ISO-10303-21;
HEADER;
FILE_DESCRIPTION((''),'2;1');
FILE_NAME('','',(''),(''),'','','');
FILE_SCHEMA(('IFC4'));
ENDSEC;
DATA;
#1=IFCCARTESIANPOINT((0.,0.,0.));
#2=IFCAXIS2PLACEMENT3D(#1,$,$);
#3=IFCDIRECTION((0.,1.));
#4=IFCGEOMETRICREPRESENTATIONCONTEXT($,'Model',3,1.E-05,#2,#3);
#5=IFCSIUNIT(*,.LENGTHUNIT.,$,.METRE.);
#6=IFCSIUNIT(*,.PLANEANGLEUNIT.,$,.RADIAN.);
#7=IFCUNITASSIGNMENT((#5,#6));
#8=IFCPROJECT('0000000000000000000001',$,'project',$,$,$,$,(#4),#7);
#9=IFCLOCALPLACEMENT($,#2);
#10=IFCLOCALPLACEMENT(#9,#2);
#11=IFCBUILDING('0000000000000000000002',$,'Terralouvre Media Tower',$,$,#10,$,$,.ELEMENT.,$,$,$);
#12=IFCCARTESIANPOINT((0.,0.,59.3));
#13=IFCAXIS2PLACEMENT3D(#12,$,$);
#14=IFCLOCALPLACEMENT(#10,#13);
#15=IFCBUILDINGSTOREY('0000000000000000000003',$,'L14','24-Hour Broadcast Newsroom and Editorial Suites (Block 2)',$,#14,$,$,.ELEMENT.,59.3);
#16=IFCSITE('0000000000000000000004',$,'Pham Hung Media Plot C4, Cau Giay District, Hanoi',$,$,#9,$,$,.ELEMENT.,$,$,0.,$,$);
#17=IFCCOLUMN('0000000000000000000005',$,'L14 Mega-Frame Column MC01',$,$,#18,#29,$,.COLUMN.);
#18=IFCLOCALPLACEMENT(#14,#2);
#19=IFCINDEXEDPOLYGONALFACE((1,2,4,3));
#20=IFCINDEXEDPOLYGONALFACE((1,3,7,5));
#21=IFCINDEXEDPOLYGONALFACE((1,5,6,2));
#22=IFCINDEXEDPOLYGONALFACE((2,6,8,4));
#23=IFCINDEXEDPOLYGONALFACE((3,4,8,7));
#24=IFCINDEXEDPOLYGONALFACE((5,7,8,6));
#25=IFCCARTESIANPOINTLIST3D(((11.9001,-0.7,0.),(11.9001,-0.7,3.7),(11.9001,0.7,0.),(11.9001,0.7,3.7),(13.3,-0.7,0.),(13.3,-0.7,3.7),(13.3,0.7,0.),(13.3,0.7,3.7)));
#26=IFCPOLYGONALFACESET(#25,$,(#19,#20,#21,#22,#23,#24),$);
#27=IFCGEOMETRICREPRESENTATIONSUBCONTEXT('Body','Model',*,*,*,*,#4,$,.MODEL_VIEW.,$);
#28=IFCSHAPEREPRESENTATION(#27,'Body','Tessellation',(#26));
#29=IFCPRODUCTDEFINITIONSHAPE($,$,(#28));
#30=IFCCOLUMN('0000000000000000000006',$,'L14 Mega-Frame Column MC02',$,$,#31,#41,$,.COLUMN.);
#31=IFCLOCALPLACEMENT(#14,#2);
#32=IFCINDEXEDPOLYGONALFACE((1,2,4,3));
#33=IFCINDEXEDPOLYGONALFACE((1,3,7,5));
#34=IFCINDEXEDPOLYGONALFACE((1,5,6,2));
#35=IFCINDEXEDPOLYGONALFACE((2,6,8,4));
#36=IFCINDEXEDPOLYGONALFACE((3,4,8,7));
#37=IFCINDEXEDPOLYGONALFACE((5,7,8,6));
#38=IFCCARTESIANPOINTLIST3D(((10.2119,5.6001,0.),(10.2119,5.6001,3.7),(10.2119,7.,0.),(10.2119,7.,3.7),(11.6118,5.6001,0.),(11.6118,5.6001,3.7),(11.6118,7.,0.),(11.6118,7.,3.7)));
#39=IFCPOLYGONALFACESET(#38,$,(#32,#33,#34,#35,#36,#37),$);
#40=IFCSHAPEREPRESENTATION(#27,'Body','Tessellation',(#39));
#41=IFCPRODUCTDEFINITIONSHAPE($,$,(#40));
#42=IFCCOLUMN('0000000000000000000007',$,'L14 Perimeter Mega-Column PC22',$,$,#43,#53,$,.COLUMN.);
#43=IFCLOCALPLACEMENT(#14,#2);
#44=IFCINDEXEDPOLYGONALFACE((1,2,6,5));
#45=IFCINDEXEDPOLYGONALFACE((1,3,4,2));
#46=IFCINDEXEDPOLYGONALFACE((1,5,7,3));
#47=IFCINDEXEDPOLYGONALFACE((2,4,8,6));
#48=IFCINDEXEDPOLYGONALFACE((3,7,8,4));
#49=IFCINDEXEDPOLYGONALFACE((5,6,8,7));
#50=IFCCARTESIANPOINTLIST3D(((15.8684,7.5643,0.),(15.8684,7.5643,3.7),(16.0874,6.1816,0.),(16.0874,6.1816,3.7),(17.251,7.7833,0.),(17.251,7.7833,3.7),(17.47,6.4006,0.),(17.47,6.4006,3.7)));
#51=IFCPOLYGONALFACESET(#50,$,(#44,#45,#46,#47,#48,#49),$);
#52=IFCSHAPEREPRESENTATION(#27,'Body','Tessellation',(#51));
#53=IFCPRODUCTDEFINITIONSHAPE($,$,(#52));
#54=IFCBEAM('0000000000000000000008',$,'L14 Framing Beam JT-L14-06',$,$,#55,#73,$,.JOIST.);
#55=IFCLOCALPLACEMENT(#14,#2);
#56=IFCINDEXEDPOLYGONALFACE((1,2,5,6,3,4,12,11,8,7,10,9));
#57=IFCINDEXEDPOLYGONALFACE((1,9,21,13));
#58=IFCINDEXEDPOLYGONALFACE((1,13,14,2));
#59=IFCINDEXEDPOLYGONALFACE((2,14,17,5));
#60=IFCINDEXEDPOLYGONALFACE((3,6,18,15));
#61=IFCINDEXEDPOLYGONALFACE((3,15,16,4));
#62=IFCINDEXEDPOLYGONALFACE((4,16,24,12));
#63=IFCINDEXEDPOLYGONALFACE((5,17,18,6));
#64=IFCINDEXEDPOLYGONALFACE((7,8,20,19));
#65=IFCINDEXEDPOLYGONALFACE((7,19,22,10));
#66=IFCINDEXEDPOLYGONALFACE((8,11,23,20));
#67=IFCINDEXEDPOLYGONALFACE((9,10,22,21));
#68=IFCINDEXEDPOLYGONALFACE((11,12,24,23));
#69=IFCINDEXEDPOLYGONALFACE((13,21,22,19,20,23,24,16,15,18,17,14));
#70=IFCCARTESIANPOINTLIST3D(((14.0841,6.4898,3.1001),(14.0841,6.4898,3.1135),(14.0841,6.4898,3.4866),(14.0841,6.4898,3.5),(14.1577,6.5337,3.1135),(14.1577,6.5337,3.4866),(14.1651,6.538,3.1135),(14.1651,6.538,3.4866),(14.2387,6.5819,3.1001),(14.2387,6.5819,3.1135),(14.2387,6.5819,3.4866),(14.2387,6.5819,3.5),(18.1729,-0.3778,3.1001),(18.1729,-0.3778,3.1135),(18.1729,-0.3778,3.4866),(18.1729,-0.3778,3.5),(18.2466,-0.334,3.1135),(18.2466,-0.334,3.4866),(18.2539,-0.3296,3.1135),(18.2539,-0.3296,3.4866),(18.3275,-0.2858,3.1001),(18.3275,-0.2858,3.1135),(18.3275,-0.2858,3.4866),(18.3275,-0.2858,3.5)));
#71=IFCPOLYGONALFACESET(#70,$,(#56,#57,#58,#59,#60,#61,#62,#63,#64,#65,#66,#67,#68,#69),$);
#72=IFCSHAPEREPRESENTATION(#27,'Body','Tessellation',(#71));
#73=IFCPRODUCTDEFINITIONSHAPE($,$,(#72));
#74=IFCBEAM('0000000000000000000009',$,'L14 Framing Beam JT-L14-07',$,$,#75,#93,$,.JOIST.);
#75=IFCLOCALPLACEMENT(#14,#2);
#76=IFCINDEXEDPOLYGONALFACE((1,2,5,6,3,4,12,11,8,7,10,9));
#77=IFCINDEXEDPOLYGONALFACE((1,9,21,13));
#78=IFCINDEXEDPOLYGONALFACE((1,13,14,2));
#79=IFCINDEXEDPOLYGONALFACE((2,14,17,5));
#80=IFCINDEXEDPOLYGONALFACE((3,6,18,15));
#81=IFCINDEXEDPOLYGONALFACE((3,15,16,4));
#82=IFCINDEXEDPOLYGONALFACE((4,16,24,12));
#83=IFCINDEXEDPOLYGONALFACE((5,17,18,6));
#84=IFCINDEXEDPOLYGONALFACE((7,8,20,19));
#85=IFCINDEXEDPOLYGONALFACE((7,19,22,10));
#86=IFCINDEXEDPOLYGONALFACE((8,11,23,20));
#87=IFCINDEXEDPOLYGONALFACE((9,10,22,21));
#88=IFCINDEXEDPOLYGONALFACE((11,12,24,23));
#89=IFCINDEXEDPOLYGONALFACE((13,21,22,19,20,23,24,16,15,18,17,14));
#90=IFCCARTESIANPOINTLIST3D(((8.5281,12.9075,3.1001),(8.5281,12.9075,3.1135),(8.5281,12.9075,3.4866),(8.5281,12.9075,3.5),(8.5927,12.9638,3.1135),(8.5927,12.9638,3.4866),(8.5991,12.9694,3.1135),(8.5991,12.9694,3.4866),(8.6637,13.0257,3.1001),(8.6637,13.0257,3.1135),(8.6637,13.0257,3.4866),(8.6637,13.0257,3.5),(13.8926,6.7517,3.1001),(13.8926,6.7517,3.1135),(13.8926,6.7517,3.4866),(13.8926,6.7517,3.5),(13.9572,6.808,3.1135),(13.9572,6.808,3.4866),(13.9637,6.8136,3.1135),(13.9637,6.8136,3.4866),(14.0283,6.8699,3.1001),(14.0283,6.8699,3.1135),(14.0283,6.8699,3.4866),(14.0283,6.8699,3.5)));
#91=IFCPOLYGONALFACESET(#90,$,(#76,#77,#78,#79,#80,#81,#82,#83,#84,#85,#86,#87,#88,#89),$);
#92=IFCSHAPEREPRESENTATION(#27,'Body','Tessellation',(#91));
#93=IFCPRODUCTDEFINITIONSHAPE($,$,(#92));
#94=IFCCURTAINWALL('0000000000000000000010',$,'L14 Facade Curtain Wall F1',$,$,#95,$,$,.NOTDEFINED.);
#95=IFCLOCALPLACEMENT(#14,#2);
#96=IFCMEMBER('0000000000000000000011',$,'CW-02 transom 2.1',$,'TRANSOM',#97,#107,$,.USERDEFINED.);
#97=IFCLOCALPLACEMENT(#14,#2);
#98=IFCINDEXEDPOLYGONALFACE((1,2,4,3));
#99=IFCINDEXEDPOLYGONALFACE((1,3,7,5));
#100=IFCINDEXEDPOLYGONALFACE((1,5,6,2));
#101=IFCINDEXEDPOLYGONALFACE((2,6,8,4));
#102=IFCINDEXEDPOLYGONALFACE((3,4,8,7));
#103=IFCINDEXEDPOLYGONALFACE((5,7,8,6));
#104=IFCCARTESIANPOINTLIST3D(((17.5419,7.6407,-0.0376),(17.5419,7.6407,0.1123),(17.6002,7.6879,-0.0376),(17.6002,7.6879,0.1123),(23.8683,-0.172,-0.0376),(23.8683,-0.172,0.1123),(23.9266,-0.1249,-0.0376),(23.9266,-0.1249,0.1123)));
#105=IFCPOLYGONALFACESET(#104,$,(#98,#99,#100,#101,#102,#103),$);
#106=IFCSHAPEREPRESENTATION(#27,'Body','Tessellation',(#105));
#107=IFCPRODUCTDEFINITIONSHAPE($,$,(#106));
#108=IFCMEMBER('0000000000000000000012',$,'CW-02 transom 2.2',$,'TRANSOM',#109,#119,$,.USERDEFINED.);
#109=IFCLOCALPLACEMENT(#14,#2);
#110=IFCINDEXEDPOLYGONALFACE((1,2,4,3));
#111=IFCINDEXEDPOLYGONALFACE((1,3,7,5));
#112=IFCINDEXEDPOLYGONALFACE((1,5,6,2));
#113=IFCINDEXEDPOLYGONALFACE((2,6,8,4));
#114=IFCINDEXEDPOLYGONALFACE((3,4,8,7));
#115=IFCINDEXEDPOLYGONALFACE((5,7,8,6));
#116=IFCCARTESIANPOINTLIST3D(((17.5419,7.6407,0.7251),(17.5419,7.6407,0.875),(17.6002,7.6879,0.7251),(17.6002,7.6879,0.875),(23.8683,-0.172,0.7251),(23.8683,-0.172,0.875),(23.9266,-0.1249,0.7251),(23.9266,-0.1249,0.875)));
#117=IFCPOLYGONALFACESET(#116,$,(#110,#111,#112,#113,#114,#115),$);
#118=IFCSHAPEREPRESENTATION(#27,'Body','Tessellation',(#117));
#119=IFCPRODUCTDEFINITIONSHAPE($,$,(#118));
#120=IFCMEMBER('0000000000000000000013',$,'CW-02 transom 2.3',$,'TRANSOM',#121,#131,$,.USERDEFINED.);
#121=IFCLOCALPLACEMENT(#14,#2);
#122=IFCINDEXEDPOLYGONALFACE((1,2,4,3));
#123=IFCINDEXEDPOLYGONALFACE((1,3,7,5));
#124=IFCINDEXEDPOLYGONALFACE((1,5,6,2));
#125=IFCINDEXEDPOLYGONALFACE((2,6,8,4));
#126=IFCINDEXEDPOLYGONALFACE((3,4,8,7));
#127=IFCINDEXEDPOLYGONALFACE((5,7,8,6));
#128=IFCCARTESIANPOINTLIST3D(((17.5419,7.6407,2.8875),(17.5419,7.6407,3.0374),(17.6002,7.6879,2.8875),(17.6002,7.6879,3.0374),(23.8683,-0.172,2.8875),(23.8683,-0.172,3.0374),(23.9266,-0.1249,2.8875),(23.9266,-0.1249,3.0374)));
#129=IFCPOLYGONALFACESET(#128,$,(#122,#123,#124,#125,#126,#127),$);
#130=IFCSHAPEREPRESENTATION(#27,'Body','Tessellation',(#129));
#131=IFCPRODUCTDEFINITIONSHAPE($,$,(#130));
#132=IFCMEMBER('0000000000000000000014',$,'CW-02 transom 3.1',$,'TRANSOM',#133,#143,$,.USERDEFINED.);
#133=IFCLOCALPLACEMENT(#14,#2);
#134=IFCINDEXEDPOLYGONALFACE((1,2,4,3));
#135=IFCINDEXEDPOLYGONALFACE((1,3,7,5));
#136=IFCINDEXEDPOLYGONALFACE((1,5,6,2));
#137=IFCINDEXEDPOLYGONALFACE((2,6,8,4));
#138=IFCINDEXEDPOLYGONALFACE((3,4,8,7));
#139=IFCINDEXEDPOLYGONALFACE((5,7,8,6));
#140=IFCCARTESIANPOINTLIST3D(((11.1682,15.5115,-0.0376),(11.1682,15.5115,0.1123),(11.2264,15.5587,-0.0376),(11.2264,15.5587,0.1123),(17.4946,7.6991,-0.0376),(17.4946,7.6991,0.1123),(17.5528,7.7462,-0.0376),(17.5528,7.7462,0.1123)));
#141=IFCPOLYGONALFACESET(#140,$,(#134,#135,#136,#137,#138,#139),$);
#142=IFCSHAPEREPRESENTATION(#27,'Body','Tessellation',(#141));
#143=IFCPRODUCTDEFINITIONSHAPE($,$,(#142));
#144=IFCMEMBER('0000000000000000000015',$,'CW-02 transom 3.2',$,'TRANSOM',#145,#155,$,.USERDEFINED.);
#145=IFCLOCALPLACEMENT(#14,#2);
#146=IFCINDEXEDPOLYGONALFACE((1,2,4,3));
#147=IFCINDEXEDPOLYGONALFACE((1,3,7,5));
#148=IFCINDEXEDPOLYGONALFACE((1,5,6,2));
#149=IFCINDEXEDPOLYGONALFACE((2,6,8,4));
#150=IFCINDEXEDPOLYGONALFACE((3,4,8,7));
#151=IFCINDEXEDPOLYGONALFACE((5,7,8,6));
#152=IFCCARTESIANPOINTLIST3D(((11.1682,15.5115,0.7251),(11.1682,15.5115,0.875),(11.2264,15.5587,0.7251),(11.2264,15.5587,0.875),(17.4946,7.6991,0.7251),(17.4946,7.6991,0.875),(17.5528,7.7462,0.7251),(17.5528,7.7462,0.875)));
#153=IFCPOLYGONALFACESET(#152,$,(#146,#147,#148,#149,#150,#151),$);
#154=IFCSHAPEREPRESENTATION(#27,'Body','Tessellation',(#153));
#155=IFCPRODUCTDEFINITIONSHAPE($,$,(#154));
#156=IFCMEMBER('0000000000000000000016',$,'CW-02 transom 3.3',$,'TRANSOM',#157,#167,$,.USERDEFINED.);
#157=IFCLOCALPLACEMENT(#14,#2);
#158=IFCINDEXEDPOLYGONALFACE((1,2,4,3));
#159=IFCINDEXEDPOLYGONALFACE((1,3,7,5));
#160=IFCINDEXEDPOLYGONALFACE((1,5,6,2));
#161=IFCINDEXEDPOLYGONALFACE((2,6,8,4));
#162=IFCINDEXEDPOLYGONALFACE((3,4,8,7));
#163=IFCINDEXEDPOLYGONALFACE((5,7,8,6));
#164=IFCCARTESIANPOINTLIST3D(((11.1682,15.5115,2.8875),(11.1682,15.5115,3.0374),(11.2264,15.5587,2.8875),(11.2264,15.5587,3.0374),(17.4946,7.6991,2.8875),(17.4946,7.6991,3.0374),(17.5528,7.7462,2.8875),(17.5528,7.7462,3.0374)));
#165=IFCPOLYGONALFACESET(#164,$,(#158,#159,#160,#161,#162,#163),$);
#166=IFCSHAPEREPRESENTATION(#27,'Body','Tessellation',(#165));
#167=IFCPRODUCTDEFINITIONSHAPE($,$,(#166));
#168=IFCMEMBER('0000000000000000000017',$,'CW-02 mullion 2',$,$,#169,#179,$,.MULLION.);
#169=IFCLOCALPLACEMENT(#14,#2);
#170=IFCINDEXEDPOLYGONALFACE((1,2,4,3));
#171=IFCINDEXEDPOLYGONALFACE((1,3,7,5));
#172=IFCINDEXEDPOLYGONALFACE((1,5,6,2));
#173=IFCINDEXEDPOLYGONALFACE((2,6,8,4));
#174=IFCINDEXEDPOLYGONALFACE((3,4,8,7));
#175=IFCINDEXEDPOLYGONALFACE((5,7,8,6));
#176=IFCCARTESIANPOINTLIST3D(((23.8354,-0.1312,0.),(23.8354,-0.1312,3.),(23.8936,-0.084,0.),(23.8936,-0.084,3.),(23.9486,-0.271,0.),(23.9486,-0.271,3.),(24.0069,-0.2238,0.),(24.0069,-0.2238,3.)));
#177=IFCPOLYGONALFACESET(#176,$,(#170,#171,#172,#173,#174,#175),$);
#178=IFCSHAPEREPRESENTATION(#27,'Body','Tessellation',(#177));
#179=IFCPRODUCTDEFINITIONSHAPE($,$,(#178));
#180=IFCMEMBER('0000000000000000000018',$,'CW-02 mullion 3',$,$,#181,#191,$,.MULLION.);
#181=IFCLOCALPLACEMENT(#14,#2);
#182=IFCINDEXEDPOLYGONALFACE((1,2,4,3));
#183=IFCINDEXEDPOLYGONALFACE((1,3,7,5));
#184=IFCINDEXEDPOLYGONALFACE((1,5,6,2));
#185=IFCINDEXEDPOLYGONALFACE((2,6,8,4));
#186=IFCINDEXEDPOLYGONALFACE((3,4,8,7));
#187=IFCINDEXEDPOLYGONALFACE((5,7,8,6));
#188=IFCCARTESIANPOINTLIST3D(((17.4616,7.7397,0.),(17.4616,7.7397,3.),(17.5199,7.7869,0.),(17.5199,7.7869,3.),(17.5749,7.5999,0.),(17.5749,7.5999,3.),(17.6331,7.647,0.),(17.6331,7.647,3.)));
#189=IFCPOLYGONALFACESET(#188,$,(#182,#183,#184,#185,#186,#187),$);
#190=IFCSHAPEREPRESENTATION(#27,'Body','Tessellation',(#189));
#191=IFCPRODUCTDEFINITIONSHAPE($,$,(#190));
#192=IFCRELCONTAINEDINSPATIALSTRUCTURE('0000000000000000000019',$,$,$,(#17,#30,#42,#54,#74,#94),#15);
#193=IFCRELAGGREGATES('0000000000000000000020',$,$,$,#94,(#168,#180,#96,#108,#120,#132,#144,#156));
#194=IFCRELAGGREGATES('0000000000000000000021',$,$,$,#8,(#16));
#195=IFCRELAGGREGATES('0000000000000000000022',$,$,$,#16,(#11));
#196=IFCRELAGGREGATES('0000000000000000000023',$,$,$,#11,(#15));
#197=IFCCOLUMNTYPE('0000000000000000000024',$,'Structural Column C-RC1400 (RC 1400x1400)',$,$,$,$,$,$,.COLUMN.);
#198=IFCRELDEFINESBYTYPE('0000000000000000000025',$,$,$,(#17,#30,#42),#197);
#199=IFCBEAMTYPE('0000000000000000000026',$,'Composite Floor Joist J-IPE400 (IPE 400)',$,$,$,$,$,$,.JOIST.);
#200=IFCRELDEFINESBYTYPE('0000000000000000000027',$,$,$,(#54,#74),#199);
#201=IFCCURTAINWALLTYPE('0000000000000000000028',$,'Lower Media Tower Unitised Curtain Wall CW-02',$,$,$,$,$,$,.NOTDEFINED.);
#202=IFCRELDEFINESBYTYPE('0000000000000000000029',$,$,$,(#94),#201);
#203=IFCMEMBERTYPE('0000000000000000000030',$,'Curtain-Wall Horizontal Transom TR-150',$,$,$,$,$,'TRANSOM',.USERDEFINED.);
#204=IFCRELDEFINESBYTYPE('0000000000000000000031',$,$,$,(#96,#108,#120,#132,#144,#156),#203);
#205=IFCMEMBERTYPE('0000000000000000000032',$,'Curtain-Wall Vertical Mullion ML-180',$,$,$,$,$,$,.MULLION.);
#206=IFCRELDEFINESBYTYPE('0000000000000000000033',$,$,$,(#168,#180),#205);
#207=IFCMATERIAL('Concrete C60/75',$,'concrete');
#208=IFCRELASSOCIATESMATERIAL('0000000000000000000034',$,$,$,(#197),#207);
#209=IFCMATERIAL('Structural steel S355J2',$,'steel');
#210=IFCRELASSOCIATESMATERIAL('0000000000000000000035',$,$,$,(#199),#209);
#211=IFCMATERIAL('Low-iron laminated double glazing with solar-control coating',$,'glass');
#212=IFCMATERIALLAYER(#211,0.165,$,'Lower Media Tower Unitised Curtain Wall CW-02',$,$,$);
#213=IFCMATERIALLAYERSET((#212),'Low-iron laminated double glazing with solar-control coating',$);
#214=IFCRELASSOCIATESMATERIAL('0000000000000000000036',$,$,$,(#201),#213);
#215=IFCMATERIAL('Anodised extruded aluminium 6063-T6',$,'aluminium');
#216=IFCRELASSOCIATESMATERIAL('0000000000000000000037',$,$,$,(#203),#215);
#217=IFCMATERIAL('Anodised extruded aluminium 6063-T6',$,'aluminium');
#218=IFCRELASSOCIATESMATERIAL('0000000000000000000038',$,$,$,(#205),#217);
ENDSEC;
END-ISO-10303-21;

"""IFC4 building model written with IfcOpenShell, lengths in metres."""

from ifc_helpers import new_model, si_unit, direction, frame, origin, origin_2d, place, context, subcontext, project, spatial, rectangle, i_section, extrude, material, layer, layer_set, material_profile, profile_set, type_object, element, aggregate, save


model = new_model("IFC4")

# Units and contexts
model_context = context("Model", 3, precision=1e-05, world=origin(), true_north=direction((0.0, 1.0)))
body_context = subcontext(model_context, "Body", "Model", "MODEL_VIEW")
ifc_project = project(units=[si_unit("LENGTHUNIT", "METRE"), si_unit("PLANEANGLEUNIT", "RADIAN")], contexts=[model_context])

# Site, building, storey
site_placement = place(None, origin())
site = spatial("IfcSite", under=ifc_project, at=site_placement, Name="Pham Hung Media Plot C4, Cau Giay District, Hanoi", CompositionType="ELEMENT", RefElevation=0.0)
building_placement = place(site_placement, origin())
building = spatial("IfcBuilding", under=site, at=building_placement, Name="Terralouvre Media Tower", CompositionType="ELEMENT")
storey_placement = place(building_placement, frame((0.0, 0.0, 59.3)))
storey = spatial("IfcBuildingStorey", under=building, at=storey_placement, Name="L14", Description="24-Hour Broadcast Newsroom and Editorial Suites (Block 2)", CompositionType="ELEMENT", Elevation=59.3)

# Columns
ifc_material_1 = material(Name="Concrete C60/75", Category="concrete")
ifc_material_profile_1 = material_profile(ifc_material_1, rectangle(XDim=1.3999, YDim=1.3999, at=origin_2d()), Name="RC 1400x1400")
ifc_profile_set_1 = profile_set([ifc_material_profile_1], Name="Concrete C60/75")
column_type = type_object("IfcColumnType", Name="Structural Column C-RC1400 (RC 1400x1400)", PredefinedType="COLUMN", material=ifc_profile_set_1)
for number, where, z_axis, x_axis, name in (
    (1, (12.6001, 0.0, 0.0), (0.0, 0.0, 1.0), (1.0, 0.0, 0.0), "L14 Mega-Frame Column MC01"),
    (2, (10.9119, 6.3, 0.0), (0.0, 0.0, 1.0), (1.0, 0.0, 0.0), "L14 Mega-Frame Column MC02"),
    (3, (16.6692, 6.9824, 0.0), (0.0, 0.0, 1.0), (0.987688, 0.156434, 0.0), "L14 Perimeter Mega-Column PC22"),
):
    element("IfcColumn", number, at=place(storey_placement, frame(where, z_axis=z_axis, x_axis=x_axis)), inside=storey, type_object=column_type, Name=name, PredefinedType="COLUMN", context=body_context, shape_type="SweptSolid", body=[
        extrude(rectangle(XDim=1.3999, YDim=1.3999, at=origin_2d()), origin(), (0.0, 0.0, 1.0), 3.7),
    ])

# Beams
ifc_material_2 = material(Name="Structural steel S355J2", Category="steel")
ifc_material_profile_2 = material_profile(ifc_material_2, i_section(OverallWidth=0.1799, OverallDepth=0.3999, WebThickness=0.0085, FlangeThickness=0.0134, at=origin_2d()), Name="IPE 400")
ifc_profile_set_2 = profile_set([ifc_material_profile_2], Name="Structural steel S355J2")
beam_type_1 = type_object("IfcBeamType", Name="Composite Floor Joist J-IPE400 (IPE 400)", PredefinedType="JOIST", material=ifc_profile_set_2)
beam_1_placement = place(storey_placement, frame((18.2502, -0.3318, 3.3), z_axis=(-0.511573, 0.85924, 0.0), x_axis=(-0.85924, -0.511573, 0.0)))
element("IfcBeam", 4, at=beam_1_placement, inside=storey, type_object=beam_type_1, Name="L14 Framing Beam JT-L14-06", PredefinedType="JOIST", context=body_context, shape_type="SweptSolid", body=[
    extrude(i_section(OverallWidth=0.1799, OverallDepth=0.3999, WebThickness=0.0085, FlangeThickness=0.0134, at=origin_2d()), origin(), (0.0, 0.0, 1.0), 7.9927),
])
beam_2_placement = place(storey_placement, frame((13.9604, 6.8108, 3.3), z_axis=(-0.656992, 0.753898, 0.0), x_axis=(-0.753898, -0.656992, 0.0)))
element("IfcBeam", 5, at=beam_2_placement, inside=storey, type_object=beam_type_1, Name="L14 Framing Beam JT-L14-07", PredefinedType="JOIST", context=body_context, shape_type="SweptSolid", body=[
    extrude(i_section(OverallWidth=0.1799, OverallDepth=0.3999, WebThickness=0.0085, FlangeThickness=0.0134, at=origin_2d()), origin(), (0.0, 0.0, 1.0), 8.1653),
])

# Curtain wall, members
ifc_material_3 = material(Name="Low-iron laminated double glazing with solar-control coating", Category="glass")
ifc_layer_1 = layer(ifc_material_3, 0.165, Name="Lower Media Tower Unitised Curtain Wall CW-02")
ifc_layer_set_1 = layer_set([ifc_layer_1], Name="Low-iron laminated double glazing with solar-control coating")
curtain_wall_type = type_object("IfcCurtainWallType", Name="Lower Media Tower Unitised Curtain Wall CW-02", PredefinedType="NOTDEFINED", material=ifc_layer_set_1)
curtain_wall_placement = place(storey_placement, origin())
curtain_wall = element("IfcCurtainWall", 6, at=curtain_wall_placement, inside=storey, type_object=curtain_wall_type, Name="L14 Facade Curtain Wall F1", PredefinedType="NOTDEFINED")
ifc_material_4 = material(Name="Anodised extruded aluminium 6063-T6", Category="aluminium")
ifc_material_profile_3 = material_profile(ifc_material_4, rectangle(XDim=0.075, YDim=0.1499, at=origin_2d()), Name="ALU 75x150")
ifc_profile_set_3 = profile_set([ifc_material_profile_3], Name="Anodised extruded aluminium 6063-T6")
member_type_1 = type_object("IfcMemberType", Name="Curtain-Wall Horizontal Transom TR-150", ElementType="TRANSOM", PredefinedType="USERDEFINED", material=ifc_profile_set_3)
member_1_placement = place(storey_placement, frame((23.8975, -0.1484, 0.0374), z_axis=(-0.629307, 0.777157, 0.0), x_axis=(-0.777157, -0.629307, 0.0)))
member_1 = element("IfcMember", 7, at=member_1_placement, type_object=member_type_1, Name="CW-02 transom 2.1", ObjectType="TRANSOM", PredefinedType="USERDEFINED", context=body_context, shape_type="SweptSolid", body=[
    extrude(rectangle(XDim=0.075, YDim=0.1499, at=origin_2d()), origin(), (0.0, 0.0, 1.0), 10.053),
])
member_2_placement = place(storey_placement, frame((23.8975, -0.1484, 0.8), z_axis=(-0.629307, 0.777157, 0.0), x_axis=(-0.777157, -0.629307, 0.0)))
member_2 = element("IfcMember", 8, at=member_2_placement, type_object=member_type_1, Name="CW-02 transom 2.2", ObjectType="TRANSOM", PredefinedType="USERDEFINED", context=body_context, shape_type="SweptSolid", body=[
    extrude(rectangle(XDim=0.075, YDim=0.1499, at=origin_2d()), origin(), (0.0, 0.0, 1.0), 10.053),
])
member_3_placement = place(storey_placement, frame((23.8975, -0.1484, 2.9624), z_axis=(-0.629307, 0.777157, 0.0), x_axis=(-0.777157, -0.629307, 0.0)))
member_3 = element("IfcMember", 9, at=member_3_placement, type_object=member_type_1, Name="CW-02 transom 2.3", ObjectType="TRANSOM", PredefinedType="USERDEFINED", context=body_context, shape_type="SweptSolid", body=[
    extrude(rectangle(XDim=0.075, YDim=0.1499, at=origin_2d()), origin(), (0.0, 0.0, 1.0), 10.053),
])
member_4_placement = place(storey_placement, frame((17.5237, 7.7227, 0.0374), z_axis=(-0.629319, 0.777147, 0.0), x_axis=(-0.777147, -0.629319, 0.0)))
member_4 = element("IfcMember", 10, at=member_4_placement, type_object=member_type_1, Name="CW-02 transom 3.1", ObjectType="TRANSOM", PredefinedType="USERDEFINED", context=body_context, shape_type="SweptSolid", body=[
    extrude(rectangle(XDim=0.075, YDim=0.1499, at=origin_2d()), origin(), (0.0, 0.0, 1.0), 10.0527),
])
member_5_placement = place(storey_placement, frame((17.5237, 7.7227, 0.8), z_axis=(-0.629319, 0.777147, 0.0), x_axis=(-0.777147, -0.629319, 0.0)))
member_5 = element("IfcMember", 11, at=member_5_placement, type_object=member_type_1, Name="CW-02 transom 3.2", ObjectType="TRANSOM", PredefinedType="USERDEFINED", context=body_context, shape_type="SweptSolid", body=[
    extrude(rectangle(XDim=0.075, YDim=0.1499, at=origin_2d()), origin(), (0.0, 0.0, 1.0), 10.0527),
])
member_6_placement = place(storey_placement, frame((17.5237, 7.7227, 2.9624), z_axis=(-0.629319, 0.777147, 0.0), x_axis=(-0.777147, -0.629319, 0.0)))
member_6 = element("IfcMember", 12, at=member_6_placement, type_object=member_type_1, Name="CW-02 transom 3.3", ObjectType="TRANSOM", PredefinedType="USERDEFINED", context=body_context, shape_type="SweptSolid", body=[
    extrude(rectangle(XDim=0.075, YDim=0.1499, at=origin_2d()), origin(), (0.0, 0.0, 1.0), 10.0527),
])
ifc_material_5 = material(Name="Anodised extruded aluminium 6063-T6", Category="aluminium")
ifc_material_profile_4 = material_profile(ifc_material_5, rectangle(XDim=0.075, YDim=0.1799, at=origin_2d()), Name="ALU 75x180")
ifc_profile_set_4 = profile_set([ifc_material_profile_4], Name="Anodised extruded aluminium 6063-T6")
member_type_2 = type_object("IfcMemberType", Name="Curtain-Wall Vertical Mullion ML-180", PredefinedType="MULLION", material=ifc_profile_set_4)
member_7_placement = place(storey_placement, frame((23.9211, -0.1775, 0.0), z_axis=(0.0, 0.0, 1.0), x_axis=(-0.777146, -0.62932, 0.0)))
member_7 = element("IfcMember", 13, at=member_7_placement, type_object=member_type_2, Name="CW-02 mullion 2", PredefinedType="MULLION", context=body_context, shape_type="SweptSolid", body=[
    extrude(rectangle(XDim=0.075, YDim=0.1799, at=origin_2d()), origin(), (0.0, 0.0, 1.0), 3.0),
])
member_8_placement = place(storey_placement, frame((17.5474, 7.6934, 0.0), z_axis=(0.0, 0.0, 1.0), x_axis=(-0.777146, -0.62932, 0.0)))
member_8 = element("IfcMember", 14, at=member_8_placement, type_object=member_type_2, Name="CW-02 mullion 3", PredefinedType="MULLION", context=body_context, shape_type="SweptSolid", body=[
    extrude(rectangle(XDim=0.075, YDim=0.1799, at=origin_2d()), origin(), (0.0, 0.0, 1.0), 3.0),
])

aggregate(curtain_wall, [member_7, member_8, member_1, member_2, member_3, member_4, member_5, member_6])

save(model, "model.ifc")
